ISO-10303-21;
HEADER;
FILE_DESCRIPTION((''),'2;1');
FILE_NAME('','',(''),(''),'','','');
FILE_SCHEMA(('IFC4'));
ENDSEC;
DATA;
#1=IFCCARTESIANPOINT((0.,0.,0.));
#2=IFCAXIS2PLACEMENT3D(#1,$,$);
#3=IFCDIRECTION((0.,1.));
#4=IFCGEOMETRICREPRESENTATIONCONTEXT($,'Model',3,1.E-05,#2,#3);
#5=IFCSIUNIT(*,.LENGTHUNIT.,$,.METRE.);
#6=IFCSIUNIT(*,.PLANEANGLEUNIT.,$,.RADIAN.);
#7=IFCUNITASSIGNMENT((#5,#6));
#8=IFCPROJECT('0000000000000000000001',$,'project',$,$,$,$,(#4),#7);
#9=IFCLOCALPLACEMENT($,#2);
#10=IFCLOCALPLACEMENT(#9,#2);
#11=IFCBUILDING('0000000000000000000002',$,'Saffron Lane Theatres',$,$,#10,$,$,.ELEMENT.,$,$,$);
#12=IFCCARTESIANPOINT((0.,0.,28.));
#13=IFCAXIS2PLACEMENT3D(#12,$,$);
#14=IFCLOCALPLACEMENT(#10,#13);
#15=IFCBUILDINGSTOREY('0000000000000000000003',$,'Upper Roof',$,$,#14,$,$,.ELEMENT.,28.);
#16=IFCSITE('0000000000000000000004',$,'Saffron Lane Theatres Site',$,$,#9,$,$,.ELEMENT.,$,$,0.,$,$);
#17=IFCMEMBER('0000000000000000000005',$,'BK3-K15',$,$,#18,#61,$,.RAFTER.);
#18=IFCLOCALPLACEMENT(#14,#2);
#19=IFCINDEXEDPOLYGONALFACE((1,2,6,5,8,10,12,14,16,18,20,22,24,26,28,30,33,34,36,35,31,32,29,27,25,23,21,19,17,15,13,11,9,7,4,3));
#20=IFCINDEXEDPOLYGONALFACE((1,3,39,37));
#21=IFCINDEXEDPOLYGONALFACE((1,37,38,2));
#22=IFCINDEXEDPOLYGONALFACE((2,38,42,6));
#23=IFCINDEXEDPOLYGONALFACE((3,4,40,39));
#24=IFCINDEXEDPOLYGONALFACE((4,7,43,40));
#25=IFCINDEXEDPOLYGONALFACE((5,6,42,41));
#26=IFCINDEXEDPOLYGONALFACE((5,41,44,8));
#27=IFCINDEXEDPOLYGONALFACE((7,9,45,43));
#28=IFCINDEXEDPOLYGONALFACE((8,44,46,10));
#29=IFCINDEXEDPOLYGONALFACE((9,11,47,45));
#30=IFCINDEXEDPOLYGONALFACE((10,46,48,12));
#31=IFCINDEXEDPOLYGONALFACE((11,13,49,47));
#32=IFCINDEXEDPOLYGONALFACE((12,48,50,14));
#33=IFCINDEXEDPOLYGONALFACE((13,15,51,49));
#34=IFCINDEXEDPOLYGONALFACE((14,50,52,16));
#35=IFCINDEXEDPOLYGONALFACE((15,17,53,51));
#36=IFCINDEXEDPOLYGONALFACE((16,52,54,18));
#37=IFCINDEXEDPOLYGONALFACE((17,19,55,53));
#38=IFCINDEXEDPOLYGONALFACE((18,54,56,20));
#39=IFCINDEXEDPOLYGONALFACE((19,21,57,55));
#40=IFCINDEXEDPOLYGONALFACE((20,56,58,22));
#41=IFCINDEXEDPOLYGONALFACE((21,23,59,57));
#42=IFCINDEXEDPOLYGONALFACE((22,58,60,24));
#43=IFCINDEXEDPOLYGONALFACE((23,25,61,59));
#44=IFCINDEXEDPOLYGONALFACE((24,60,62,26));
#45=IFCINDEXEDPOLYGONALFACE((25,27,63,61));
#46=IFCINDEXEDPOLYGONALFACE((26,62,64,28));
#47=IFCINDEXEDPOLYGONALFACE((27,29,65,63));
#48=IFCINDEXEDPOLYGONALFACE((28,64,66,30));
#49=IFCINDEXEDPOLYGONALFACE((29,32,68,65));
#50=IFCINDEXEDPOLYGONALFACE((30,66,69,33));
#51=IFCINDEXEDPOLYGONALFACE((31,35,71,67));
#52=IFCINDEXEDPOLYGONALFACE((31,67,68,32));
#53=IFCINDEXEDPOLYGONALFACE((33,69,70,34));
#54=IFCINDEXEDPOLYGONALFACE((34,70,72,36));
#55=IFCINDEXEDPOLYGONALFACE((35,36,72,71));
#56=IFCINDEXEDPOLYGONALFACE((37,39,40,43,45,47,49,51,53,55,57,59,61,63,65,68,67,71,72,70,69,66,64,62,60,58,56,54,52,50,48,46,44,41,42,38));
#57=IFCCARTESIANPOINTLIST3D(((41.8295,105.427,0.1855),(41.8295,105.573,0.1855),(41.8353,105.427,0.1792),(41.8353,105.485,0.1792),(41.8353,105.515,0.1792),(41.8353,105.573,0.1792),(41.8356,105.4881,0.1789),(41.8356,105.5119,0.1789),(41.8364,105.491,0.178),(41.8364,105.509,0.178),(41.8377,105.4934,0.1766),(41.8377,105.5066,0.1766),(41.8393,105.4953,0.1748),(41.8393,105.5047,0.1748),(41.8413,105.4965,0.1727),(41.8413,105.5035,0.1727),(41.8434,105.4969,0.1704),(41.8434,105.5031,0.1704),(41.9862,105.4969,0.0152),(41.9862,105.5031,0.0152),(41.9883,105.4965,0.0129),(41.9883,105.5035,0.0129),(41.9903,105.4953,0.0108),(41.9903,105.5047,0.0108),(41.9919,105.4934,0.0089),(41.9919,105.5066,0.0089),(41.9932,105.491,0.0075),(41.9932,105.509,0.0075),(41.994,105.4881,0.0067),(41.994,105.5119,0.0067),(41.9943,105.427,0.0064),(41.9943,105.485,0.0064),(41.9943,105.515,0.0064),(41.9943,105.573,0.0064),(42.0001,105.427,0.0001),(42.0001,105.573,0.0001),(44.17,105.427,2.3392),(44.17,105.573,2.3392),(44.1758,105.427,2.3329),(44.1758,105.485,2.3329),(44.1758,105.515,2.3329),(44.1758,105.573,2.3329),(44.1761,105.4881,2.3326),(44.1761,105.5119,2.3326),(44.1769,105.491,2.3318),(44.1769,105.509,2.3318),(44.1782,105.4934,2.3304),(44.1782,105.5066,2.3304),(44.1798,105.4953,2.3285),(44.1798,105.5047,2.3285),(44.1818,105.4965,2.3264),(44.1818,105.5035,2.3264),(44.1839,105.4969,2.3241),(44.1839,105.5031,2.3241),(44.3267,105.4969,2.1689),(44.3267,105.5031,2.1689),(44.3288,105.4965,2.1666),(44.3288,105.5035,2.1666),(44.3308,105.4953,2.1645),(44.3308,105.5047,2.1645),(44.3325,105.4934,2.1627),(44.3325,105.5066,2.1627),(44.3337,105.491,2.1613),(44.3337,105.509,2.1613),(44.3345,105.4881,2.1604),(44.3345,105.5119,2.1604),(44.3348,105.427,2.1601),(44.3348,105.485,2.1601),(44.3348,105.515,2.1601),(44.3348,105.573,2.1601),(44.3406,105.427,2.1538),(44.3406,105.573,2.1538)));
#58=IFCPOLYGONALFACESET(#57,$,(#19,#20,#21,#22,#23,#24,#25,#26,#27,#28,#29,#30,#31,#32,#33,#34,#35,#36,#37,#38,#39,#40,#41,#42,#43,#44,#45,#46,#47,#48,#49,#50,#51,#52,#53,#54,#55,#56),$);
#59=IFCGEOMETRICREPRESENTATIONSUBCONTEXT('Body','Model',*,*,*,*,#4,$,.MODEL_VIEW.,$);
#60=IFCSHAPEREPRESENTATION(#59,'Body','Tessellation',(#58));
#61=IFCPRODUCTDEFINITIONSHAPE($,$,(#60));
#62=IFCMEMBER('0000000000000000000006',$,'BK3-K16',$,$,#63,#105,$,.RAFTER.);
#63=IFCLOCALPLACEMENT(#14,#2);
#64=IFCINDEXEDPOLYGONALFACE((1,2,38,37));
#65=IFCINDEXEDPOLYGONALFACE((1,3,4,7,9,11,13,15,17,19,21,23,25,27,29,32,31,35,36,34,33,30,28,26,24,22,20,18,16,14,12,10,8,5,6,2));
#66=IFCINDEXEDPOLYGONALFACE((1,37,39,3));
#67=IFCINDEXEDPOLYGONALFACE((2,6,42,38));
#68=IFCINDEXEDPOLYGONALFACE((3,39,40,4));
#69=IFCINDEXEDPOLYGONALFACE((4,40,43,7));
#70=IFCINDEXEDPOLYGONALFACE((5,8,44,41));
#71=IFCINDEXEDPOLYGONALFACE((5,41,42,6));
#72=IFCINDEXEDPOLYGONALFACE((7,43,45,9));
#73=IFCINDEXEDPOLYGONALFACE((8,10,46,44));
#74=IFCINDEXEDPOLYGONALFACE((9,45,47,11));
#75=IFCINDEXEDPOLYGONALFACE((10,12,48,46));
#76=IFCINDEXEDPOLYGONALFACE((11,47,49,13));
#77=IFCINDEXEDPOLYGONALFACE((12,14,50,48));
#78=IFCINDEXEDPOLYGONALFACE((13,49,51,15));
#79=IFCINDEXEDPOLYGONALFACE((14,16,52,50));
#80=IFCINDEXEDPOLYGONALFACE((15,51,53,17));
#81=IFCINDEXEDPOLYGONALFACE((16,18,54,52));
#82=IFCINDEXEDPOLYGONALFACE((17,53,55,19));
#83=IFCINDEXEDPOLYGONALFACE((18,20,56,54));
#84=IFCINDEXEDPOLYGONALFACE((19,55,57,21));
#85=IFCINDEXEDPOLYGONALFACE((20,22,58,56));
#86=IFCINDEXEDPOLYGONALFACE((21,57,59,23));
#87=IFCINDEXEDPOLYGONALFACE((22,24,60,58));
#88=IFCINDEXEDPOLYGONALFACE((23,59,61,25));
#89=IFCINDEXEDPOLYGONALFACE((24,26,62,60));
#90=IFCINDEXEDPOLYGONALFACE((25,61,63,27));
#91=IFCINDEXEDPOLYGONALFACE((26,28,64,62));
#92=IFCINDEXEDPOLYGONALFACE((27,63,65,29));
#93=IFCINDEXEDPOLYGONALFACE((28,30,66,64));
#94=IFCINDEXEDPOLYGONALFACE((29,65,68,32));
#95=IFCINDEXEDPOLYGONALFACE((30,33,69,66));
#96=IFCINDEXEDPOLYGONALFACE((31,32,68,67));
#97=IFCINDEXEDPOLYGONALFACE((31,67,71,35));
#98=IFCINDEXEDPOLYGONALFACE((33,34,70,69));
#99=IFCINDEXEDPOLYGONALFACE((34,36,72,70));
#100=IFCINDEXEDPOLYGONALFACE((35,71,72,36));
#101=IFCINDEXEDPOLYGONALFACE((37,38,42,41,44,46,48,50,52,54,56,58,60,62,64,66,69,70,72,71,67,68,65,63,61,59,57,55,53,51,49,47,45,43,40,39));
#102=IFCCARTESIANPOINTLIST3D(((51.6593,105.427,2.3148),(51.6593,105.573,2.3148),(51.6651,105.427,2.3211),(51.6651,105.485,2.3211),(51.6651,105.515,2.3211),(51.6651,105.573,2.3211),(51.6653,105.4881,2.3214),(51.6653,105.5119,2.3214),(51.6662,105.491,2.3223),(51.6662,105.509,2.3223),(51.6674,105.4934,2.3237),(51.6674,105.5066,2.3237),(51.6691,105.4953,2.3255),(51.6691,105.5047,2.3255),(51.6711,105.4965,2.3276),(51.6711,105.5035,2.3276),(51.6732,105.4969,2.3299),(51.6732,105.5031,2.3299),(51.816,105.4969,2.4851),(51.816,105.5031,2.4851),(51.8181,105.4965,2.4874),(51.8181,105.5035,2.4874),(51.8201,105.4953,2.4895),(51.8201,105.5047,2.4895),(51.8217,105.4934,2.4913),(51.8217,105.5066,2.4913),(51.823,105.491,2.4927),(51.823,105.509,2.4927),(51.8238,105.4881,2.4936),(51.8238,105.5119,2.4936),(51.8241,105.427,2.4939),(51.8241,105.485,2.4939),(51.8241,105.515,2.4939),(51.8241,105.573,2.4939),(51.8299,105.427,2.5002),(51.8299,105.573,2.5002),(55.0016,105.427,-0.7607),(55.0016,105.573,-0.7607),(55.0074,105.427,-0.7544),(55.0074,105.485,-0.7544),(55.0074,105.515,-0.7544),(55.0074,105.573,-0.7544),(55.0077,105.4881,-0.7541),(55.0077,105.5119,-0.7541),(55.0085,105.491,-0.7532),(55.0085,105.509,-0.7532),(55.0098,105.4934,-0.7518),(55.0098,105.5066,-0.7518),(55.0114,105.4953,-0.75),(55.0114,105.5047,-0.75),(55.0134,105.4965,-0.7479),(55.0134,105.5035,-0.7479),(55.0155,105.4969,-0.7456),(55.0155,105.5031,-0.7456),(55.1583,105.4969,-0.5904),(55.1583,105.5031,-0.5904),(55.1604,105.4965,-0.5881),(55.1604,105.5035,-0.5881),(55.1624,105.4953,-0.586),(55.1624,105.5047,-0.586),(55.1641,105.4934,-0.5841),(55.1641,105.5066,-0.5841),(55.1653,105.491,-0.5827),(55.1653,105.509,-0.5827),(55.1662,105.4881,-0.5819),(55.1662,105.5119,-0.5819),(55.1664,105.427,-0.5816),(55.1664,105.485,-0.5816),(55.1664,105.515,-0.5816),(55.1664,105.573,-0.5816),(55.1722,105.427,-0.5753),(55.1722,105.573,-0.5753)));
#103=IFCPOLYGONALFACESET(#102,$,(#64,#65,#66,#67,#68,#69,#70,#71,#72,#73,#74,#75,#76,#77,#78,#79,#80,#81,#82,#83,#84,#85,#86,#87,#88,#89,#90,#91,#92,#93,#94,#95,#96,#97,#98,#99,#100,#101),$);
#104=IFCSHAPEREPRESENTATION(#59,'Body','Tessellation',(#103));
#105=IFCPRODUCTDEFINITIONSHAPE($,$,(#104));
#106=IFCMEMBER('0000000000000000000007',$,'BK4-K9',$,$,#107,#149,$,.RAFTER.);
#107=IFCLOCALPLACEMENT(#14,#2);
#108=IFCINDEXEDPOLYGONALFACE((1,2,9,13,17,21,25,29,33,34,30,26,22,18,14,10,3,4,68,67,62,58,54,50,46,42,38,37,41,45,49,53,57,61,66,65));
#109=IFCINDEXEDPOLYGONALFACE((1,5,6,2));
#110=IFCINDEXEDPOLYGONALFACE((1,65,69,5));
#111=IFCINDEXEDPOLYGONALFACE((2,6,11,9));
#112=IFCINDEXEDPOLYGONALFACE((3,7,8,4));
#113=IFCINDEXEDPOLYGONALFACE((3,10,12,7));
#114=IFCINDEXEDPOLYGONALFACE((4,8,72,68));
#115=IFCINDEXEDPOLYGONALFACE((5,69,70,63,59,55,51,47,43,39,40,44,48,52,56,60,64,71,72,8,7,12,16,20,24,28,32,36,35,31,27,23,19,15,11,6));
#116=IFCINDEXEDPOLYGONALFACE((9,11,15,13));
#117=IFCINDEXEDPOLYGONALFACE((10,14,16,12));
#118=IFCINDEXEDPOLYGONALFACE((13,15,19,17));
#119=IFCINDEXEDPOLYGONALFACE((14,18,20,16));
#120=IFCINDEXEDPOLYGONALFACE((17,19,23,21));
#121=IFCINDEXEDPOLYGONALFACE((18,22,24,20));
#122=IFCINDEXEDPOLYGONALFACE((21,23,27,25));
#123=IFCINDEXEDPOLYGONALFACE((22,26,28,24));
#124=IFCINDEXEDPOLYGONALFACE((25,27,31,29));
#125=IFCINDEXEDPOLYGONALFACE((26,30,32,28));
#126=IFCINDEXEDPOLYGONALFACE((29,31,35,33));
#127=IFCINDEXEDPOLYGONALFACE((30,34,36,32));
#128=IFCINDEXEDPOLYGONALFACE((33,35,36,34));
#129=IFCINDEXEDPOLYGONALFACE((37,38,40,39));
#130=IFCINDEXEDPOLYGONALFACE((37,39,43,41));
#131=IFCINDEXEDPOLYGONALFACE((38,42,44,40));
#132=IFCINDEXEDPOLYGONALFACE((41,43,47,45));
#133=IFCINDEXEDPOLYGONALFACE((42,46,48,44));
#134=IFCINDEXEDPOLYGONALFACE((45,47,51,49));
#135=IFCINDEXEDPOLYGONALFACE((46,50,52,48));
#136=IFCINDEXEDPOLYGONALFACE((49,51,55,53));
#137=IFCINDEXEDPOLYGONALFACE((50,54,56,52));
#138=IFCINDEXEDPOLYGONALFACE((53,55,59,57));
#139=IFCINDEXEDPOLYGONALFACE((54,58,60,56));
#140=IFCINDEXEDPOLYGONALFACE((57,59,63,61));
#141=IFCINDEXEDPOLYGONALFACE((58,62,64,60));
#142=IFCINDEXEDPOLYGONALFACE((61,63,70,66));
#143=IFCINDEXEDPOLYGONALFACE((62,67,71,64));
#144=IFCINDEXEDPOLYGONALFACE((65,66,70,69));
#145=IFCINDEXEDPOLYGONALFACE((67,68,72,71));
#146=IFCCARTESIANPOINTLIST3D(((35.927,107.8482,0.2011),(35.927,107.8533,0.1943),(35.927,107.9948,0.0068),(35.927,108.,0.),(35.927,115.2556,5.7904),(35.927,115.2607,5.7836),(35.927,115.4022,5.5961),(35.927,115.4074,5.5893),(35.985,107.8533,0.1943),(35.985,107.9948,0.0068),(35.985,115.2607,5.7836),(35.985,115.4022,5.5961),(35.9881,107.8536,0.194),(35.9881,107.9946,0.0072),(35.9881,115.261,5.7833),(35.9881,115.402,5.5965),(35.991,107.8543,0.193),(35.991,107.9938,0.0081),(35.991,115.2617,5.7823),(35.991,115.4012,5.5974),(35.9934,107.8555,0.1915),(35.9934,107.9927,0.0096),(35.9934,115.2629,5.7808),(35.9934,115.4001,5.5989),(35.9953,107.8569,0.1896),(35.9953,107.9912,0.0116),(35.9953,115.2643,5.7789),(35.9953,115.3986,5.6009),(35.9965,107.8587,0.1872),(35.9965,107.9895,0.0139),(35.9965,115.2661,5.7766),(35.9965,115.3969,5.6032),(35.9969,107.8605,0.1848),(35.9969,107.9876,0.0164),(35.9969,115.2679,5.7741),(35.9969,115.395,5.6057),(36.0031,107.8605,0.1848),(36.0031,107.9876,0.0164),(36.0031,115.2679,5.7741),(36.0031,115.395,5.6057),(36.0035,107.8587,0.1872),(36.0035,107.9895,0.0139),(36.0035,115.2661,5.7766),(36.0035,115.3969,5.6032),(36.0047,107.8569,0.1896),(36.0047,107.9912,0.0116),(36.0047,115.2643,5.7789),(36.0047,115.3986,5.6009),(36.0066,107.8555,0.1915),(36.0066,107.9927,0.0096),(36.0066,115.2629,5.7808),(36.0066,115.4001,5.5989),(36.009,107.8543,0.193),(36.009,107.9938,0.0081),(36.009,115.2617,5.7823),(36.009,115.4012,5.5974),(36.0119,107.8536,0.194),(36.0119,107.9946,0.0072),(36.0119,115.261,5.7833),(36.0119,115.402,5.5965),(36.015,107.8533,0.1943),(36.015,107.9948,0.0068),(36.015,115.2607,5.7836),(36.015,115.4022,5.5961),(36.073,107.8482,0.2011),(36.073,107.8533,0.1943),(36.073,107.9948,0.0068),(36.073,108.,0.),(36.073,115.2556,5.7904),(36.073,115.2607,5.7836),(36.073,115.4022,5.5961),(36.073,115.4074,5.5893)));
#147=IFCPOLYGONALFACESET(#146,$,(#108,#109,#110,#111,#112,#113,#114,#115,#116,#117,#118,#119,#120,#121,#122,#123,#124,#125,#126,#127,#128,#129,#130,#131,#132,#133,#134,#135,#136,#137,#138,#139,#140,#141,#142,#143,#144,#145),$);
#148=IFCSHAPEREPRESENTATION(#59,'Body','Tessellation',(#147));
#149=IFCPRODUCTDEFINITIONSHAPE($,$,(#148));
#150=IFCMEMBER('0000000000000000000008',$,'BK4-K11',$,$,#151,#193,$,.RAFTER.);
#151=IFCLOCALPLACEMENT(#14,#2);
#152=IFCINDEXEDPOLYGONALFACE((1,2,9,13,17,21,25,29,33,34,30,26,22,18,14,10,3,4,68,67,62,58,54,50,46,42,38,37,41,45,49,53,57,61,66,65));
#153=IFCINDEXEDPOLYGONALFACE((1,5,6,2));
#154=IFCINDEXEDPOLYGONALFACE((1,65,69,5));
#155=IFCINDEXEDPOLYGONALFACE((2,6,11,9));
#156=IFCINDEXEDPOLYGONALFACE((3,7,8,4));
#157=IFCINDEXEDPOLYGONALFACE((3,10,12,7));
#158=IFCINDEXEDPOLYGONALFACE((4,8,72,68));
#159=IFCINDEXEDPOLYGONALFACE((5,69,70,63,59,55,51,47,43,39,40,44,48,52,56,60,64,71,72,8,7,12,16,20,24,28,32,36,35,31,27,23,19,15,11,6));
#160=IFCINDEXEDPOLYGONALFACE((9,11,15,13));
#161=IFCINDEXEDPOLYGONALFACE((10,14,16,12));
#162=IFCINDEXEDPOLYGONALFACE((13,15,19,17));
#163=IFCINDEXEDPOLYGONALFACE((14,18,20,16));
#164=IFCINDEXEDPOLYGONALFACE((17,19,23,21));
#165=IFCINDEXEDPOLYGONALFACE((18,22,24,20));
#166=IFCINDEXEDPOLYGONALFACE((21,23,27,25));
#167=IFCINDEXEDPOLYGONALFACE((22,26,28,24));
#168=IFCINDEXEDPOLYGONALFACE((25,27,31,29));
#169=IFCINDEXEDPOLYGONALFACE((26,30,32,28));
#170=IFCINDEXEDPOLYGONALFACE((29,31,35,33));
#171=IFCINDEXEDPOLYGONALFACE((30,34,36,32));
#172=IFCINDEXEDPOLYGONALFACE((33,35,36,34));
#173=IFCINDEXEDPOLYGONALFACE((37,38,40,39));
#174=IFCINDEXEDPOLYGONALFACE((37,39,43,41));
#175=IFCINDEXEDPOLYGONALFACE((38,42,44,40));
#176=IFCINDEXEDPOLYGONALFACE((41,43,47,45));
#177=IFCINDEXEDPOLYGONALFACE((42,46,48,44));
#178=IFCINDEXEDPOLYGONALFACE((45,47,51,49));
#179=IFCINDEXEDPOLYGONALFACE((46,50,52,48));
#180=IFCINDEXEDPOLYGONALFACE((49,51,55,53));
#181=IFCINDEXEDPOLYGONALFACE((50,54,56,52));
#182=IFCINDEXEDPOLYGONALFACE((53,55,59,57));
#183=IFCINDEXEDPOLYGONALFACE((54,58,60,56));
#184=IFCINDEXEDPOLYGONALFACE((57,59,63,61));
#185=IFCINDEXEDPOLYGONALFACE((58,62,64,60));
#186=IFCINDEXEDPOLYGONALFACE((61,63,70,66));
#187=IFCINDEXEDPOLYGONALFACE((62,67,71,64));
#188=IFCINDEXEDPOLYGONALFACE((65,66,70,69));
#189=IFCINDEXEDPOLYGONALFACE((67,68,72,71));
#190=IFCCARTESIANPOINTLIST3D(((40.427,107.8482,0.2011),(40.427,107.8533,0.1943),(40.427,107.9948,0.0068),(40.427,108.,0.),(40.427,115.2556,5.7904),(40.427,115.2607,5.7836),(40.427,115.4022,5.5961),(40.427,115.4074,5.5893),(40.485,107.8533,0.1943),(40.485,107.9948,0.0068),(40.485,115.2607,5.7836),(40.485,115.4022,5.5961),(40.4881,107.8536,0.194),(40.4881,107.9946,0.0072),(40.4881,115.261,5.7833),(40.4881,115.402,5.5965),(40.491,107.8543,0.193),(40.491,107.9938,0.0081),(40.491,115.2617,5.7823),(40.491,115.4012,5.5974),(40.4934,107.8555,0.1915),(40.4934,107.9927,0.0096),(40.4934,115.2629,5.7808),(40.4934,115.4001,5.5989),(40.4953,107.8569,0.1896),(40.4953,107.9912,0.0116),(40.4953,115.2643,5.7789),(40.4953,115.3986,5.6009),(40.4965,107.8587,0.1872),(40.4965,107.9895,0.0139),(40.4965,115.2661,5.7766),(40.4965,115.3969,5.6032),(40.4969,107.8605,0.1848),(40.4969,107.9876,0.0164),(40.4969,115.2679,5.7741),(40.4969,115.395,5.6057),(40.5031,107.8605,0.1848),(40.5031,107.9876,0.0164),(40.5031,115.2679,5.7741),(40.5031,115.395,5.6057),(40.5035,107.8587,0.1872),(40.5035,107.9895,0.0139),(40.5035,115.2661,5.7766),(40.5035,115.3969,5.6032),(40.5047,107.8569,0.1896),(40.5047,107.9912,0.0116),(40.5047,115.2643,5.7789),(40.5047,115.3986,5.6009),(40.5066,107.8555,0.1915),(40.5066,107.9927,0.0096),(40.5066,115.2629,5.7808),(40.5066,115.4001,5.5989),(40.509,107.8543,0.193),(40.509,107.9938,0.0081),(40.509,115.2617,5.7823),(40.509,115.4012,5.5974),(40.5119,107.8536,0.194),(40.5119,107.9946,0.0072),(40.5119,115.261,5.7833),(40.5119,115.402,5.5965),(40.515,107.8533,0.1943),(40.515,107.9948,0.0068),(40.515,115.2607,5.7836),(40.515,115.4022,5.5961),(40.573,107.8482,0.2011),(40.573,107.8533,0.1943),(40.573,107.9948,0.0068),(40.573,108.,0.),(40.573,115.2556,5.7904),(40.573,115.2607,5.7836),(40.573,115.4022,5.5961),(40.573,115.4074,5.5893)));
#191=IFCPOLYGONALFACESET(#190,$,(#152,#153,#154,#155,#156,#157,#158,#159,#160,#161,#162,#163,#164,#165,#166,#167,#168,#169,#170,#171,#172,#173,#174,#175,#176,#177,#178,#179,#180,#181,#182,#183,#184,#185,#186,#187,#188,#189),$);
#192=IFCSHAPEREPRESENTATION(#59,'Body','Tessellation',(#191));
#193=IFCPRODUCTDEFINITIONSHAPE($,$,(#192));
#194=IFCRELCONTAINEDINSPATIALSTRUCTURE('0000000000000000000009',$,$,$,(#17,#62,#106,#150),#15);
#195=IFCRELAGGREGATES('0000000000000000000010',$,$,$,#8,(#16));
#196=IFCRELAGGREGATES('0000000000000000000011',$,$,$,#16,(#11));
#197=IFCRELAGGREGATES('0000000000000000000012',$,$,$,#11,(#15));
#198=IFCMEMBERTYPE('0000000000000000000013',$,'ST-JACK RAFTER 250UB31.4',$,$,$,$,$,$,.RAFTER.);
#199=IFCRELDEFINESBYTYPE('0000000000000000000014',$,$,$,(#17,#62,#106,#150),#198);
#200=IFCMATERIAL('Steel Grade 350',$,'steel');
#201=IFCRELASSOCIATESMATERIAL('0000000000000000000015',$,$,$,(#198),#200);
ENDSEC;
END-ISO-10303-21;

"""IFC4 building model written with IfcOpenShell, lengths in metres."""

from ifc_helpers import new_model, si_unit, direction, frame, origin, origin_2d, place, context, subcontext, project, spatial, i_section, extrude, material, material_profile, profile_set, type_object, element, save


model = new_model("IFC4")

# Units and contexts
model_context = context("Model", 3, precision=1e-05, world=origin(), true_north=direction((0.0, 1.0)))
body_context = subcontext(model_context, "Body", "Model", "MODEL_VIEW")
ifc_project = project(units=[si_unit("LENGTHUNIT", "METRE"), si_unit("PLANEANGLEUNIT", "RADIAN")], contexts=[model_context])

# Site, building, storey
site_placement = place(None, origin())
site = spatial("IfcSite", under=ifc_project, at=site_placement, Name="Saffron Lane Theatres Site", CompositionType="ELEMENT", RefElevation=0.0)
building_placement = place(site_placement, origin())
building = spatial("IfcBuilding", under=site, at=building_placement, Name="Saffron Lane Theatres", CompositionType="ELEMENT")
storey_placement = place(building_placement, frame((0.0, 0.0, 28.0)))
storey = spatial("IfcBuildingStorey", under=building, at=storey_placement, Name="Upper Roof", CompositionType="ELEMENT", Elevation=28.0)

# Members
ifc_material_1 = material(Name="Steel Grade 350", Category="steel")
ifc_material_profile_1 = material_profile(ifc_material_1, i_section(OverallWidth=0.146, OverallDepth=0.252, WebThickness=0.0061, FlangeThickness=0.0085, FilletRadius=0.012, at=origin_2d()))
ifc_profile_set_1 = profile_set([ifc_material_profile_1], Name="Steel Grade 350")
member_type_1 = type_object("IfcMemberType", Name="ST-JACK RAFTER 250UB31.4", PredefinedType="RAFTER", material=ifc_profile_set_1)
member_1_placement = place(storey_placement, frame((41.9148, 105.5, 0.0928), z_axis=(0.735856, 0.0, 0.677138), x_axis=(0.0, 1.0, 0.0)))
element("IfcMember", 1, at=member_1_placement, inside=storey, type_object=member_type_1, Name="BK3-K15", PredefinedType="RAFTER", context=body_context, shape_type="SweptSolid", body=[
    extrude(i_section(OverallWidth=0.146, OverallDepth=0.252, WebThickness=0.0061, FlangeThickness=0.0085, FilletRadius=0.012, at=origin_2d()), origin(), (0.0, 0.0, 1.0), 3.1807),
])
member_2_placement = place(storey_placement, frame((55.0869, 105.5, -0.668), z_axis=(-0.735872, 0.0, 0.677121), x_axis=(0.0, -1.0, 0.0)))
element("IfcMember", 2, at=member_2_placement, inside=storey, type_object=member_type_1, Name="BK3-K16", PredefinedType="RAFTER", context=body_context, shape_type="SweptSolid", body=[
    extrude(i_section(OverallWidth=0.146, OverallDepth=0.252, WebThickness=0.0061, FlangeThickness=0.0085, FilletRadius=0.012, at=origin_2d()), origin(), (0.0, 0.0, 1.0), 4.542),
])
for number, where, z_axis, x_axis, name in (
    (3, (36.0, 107.9241, 0.1006), (0.0, 0.798251, 0.602325), (-1.0, 0.0, 0.0), "BK4-K9"),
    (4, (40.5, 107.9241, 0.1006), (0.0, 0.798251, 0.602325), (-1.0, 0.0, 0.0), "BK4-K11"),
):
    element("IfcMember", number, at=place(storey_placement, frame(where, z_axis=z_axis, x_axis=x_axis)), inside=storey, type_object=member_type_1, Name=name, PredefinedType="RAFTER", context=body_context, shape_type="SweptSolid", body=[
        extrude(i_section(OverallWidth=0.146, OverallDepth=0.252, WebThickness=0.0061, FlangeThickness=0.0085, FilletRadius=0.012, at=origin_2d()), origin(), (0.0, 0.0, 1.0), 9.2795),
    ])

save(model, "model.ifc")
